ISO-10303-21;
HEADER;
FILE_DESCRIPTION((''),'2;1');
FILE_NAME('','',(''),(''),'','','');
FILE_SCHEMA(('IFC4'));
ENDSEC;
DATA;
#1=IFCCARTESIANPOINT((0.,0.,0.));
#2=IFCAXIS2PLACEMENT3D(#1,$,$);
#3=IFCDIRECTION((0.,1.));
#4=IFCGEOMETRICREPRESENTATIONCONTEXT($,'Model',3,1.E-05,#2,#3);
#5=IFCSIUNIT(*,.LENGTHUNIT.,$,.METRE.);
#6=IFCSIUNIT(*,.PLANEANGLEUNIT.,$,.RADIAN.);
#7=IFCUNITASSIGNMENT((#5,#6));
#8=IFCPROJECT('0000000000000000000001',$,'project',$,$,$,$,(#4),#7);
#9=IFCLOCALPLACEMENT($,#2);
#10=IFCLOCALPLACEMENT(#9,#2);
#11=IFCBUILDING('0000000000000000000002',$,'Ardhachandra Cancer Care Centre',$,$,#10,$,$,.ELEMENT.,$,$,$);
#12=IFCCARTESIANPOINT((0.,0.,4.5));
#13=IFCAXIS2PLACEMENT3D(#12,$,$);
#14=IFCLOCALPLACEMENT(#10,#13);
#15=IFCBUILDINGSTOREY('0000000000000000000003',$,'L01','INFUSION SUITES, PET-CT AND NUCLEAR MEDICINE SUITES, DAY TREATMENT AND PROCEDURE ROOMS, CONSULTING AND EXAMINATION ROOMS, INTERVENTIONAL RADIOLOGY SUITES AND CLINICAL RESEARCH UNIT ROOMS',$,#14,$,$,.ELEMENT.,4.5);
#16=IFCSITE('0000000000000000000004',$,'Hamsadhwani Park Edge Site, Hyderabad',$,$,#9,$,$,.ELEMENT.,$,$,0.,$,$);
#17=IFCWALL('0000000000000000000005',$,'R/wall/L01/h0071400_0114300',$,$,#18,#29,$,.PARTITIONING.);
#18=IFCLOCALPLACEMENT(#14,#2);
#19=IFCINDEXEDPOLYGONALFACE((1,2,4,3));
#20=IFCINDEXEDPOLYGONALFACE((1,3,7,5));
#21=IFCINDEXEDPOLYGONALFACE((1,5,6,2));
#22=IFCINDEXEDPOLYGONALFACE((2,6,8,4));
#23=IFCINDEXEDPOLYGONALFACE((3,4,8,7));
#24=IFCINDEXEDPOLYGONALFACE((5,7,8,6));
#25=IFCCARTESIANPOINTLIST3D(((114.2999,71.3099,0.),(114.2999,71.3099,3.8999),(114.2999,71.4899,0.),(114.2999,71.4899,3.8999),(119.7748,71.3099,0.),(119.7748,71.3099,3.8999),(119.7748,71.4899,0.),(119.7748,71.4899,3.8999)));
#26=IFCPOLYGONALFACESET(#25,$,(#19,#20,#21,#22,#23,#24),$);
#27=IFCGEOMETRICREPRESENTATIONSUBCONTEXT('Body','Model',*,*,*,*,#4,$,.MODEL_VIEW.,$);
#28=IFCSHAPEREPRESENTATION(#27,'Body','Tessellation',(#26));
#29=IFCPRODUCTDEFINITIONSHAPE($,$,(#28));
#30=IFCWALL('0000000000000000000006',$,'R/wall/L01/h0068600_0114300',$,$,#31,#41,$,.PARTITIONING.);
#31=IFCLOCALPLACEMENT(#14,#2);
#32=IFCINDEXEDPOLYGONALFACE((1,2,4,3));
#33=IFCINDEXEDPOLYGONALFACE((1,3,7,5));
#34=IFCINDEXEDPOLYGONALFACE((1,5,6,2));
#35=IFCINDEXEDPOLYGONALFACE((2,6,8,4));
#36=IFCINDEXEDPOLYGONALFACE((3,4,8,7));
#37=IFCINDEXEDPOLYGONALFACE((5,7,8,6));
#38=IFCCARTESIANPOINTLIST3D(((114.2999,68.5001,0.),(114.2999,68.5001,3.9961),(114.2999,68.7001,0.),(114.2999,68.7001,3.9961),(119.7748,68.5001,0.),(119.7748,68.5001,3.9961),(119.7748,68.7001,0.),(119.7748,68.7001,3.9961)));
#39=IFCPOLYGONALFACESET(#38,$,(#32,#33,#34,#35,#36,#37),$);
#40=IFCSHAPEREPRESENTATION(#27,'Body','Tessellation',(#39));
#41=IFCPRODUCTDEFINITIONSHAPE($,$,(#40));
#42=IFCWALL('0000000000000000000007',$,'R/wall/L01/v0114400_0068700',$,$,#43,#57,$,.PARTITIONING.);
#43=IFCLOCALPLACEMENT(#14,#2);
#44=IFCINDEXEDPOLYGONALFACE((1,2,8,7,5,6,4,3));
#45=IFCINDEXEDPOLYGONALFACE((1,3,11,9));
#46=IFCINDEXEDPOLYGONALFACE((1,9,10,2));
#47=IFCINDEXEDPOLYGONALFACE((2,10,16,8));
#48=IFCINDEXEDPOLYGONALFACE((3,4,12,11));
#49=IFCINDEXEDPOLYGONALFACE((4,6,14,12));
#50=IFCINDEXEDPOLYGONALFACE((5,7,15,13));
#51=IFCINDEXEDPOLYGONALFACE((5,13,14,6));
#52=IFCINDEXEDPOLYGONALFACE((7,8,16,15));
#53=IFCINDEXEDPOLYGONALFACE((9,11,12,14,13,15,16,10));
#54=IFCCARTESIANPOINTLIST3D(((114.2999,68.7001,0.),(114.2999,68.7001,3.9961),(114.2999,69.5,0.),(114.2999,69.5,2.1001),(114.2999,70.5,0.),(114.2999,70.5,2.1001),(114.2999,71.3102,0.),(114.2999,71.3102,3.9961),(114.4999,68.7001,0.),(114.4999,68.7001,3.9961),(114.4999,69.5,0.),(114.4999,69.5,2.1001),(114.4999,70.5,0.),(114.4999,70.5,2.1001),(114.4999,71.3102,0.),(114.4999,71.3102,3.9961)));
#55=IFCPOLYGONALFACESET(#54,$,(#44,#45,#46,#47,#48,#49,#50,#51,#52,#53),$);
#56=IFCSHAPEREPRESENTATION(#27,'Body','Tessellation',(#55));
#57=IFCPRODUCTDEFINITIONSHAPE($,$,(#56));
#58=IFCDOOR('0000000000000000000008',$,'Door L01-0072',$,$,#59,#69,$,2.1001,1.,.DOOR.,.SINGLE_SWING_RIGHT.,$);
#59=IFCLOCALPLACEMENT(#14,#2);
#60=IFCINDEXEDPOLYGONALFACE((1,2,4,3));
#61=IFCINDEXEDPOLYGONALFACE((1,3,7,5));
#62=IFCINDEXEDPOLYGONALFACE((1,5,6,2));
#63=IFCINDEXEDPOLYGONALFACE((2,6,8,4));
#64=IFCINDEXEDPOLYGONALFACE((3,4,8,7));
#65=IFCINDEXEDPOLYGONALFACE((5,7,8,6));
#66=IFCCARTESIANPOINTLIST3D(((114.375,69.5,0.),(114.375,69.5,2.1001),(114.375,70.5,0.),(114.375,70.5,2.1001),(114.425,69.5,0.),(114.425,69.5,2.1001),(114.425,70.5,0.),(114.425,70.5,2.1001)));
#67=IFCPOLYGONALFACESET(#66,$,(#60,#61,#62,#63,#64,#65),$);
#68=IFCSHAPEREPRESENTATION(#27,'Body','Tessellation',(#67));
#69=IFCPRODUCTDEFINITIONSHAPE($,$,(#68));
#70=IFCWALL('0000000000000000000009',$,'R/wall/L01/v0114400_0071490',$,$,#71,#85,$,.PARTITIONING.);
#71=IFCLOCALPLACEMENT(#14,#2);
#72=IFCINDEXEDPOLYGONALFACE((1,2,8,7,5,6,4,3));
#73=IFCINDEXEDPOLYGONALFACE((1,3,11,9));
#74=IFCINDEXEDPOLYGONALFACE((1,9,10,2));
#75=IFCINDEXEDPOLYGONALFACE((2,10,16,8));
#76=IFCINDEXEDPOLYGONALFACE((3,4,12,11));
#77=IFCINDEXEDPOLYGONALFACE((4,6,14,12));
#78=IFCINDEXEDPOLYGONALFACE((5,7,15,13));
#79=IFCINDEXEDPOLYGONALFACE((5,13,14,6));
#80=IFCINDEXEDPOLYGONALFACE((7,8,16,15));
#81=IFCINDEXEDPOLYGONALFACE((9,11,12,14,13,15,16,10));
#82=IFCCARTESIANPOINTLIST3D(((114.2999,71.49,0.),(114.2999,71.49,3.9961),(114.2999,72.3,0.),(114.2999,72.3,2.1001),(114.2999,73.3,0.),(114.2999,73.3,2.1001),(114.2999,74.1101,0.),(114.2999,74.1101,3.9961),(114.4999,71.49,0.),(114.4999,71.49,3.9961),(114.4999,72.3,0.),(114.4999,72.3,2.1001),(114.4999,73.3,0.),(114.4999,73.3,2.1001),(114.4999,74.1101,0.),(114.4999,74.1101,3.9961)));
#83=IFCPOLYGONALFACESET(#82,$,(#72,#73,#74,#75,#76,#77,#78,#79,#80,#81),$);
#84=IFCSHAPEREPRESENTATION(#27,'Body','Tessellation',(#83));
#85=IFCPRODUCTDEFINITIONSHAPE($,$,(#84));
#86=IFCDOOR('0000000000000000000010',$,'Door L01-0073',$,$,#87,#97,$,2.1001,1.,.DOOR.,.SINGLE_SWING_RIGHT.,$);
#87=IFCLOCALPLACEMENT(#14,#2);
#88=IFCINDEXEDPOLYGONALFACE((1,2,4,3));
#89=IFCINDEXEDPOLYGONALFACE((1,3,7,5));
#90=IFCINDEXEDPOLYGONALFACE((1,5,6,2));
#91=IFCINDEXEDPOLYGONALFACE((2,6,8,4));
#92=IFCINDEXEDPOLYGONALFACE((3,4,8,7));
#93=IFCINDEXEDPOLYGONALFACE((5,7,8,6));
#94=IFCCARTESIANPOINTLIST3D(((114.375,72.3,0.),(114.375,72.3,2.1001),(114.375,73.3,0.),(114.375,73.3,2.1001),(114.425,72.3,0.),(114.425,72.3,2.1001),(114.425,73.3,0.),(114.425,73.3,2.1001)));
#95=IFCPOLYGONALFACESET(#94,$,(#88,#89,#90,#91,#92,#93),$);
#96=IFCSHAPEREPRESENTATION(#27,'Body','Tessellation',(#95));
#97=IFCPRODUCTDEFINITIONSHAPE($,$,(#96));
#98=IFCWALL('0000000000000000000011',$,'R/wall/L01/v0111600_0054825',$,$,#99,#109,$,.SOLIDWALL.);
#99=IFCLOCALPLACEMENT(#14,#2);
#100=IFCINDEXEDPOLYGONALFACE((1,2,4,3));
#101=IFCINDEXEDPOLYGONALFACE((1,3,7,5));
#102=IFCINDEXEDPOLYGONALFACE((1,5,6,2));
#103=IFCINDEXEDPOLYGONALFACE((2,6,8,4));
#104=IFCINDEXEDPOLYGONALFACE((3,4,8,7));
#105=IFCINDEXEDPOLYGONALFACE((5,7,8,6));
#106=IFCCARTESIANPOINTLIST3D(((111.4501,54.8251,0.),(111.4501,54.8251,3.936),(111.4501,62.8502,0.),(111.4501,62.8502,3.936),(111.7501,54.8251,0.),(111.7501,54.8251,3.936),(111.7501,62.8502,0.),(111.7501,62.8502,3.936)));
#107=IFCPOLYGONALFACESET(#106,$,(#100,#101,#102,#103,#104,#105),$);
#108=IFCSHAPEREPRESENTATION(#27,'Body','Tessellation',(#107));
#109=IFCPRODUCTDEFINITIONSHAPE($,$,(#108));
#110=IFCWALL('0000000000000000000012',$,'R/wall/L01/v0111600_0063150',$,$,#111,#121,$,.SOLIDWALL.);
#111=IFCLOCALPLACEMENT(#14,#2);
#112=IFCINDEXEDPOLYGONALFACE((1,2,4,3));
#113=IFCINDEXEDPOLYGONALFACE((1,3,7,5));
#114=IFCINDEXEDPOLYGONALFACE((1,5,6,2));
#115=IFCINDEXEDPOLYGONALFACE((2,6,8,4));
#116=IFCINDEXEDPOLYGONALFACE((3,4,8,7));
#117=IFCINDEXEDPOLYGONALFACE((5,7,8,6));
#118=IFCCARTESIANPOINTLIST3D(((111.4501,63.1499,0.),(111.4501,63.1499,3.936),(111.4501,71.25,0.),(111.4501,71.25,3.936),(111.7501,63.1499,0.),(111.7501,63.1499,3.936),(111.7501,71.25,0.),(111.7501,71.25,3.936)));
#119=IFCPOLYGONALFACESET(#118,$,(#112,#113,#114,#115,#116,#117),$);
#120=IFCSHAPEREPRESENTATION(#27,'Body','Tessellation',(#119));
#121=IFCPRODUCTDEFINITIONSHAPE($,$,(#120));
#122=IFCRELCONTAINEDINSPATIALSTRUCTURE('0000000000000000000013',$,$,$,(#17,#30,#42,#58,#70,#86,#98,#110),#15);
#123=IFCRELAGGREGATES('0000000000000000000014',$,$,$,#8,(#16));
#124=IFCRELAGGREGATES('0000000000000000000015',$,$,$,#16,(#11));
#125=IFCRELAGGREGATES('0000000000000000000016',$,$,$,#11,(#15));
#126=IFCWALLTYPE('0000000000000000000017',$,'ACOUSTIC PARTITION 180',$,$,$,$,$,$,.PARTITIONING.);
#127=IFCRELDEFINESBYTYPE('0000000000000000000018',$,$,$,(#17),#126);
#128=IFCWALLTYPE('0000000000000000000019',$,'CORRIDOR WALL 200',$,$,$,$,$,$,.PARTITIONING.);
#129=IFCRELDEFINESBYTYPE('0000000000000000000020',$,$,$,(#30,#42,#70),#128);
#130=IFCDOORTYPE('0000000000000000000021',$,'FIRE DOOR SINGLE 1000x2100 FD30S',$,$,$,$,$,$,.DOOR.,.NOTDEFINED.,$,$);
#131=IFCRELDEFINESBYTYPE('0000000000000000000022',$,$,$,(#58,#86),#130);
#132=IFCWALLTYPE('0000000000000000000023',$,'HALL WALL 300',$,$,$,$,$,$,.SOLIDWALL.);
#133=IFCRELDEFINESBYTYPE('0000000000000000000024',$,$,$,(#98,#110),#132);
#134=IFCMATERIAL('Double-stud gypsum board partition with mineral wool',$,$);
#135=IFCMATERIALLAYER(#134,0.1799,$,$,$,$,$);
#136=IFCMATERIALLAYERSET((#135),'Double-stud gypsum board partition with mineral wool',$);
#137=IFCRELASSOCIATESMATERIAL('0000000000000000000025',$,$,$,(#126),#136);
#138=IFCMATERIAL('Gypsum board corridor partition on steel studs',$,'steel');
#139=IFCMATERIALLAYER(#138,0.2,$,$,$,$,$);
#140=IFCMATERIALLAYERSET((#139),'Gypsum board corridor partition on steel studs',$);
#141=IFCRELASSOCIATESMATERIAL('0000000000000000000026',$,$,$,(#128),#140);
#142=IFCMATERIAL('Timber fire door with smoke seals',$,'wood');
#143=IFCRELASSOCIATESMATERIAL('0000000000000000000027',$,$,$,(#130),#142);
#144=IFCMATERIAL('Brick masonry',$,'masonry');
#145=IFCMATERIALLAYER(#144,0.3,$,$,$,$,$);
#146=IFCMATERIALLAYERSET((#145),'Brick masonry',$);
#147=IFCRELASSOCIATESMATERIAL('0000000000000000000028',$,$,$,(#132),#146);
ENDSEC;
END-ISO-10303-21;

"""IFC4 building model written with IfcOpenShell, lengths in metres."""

from ifc_helpers import new_model, si_unit, direction, frame, frame_2d, origin, place, context, subcontext, project, spatial, rectangle, extrude, material, layer, layer_set, type_object, element, fill, save


model = new_model("IFC4")

# Units and contexts
model_context = context("Model", 3, precision=1e-05, world=origin(), true_north=direction((0.0, 1.0)))
body_context = subcontext(model_context, "Body", "Model", "MODEL_VIEW")
ifc_project = project(units=[si_unit("LENGTHUNIT", "METRE"), si_unit("PLANEANGLEUNIT", "RADIAN")], contexts=[model_context])

# Site, building, storey
site_placement = place(None, origin())
site = spatial("IfcSite", under=ifc_project, at=site_placement, Name="Hamsadhwani Park Edge Site, Hyderabad", CompositionType="ELEMENT", RefElevation=0.0)
building_placement = place(site_placement, origin())
building = spatial("IfcBuilding", under=site, at=building_placement, Name="Ardhachandra Cancer Care Centre", CompositionType="ELEMENT")
storey_placement = place(building_placement, frame((0.0, 0.0, 4.5)))
storey = spatial("IfcBuildingStorey", under=building, at=storey_placement, Name="L01", Description="INFUSION SUITES, PET-CT AND NUCLEAR MEDICINE SUITES, DAY TREATMENT AND PROCEDURE ROOMS, CONSULTING AND EXAMINATION ROOMS, INTERVENTIONAL RADIOLOGY SUITES AND CLINICAL RESEARCH UNIT ROOMS", CompositionType="ELEMENT", Elevation=4.5)

# Walls
ifc_material_1 = material(Name="Double-stud gypsum board partition with mineral wool")
ifc_layer_1 = layer(ifc_material_1, 0.1799)
ifc_layer_set_1 = layer_set([ifc_layer_1], Name="Double-stud gypsum board partition with mineral wool")
wall_type_1 = type_object("IfcWallType", Name="ACOUSTIC PARTITION 180", PredefinedType="PARTITIONING", material=ifc_layer_set_1)
wall_1_placement = place(storey_placement, frame((114.3, 71.3999, 0.0), z_axis=(0.0, 0.0, 1.0), x_axis=(1.0, 0.0, 0.0)))
element("IfcWall", 1, at=wall_1_placement, inside=storey, type_object=wall_type_1, Name="R/wall/L01/h0071400_0114300", PredefinedType="PARTITIONING", context=body_context, shape_type="SweptSolid", body=[
    extrude(rectangle(XDim=5.4749, YDim=0.1799, at=frame_2d((2.7373, 0.0))), origin(), (0.0, 0.0, 1.0), 3.8999),
])
ifc_material_2 = material(Name="Gypsum board corridor partition on steel studs", Category="steel")
ifc_layer_2 = layer(ifc_material_2, 0.2)
ifc_layer_set_2 = layer_set([ifc_layer_2], Name="Gypsum board corridor partition on steel studs")
wall_type_2 = type_object("IfcWallType", Name="CORRIDOR WALL 200", PredefinedType="PARTITIONING", material=ifc_layer_set_2)
wall_2_placement = place(storey_placement, frame((114.3, 68.6001, 0.0), z_axis=(0.0, 0.0, 1.0), x_axis=(1.0, 0.0, 0.0)))
element("IfcWall", 2, at=wall_2_placement, inside=storey, type_object=wall_type_2, Name="R/wall/L01/h0068600_0114300", PredefinedType="PARTITIONING", context=body_context, shape_type="SweptSolid", body=[
    extrude(rectangle(XDim=5.4749, YDim=0.2, at=frame_2d((2.7373, 0.0))), origin(), (0.0, 0.0, 1.0), 3.9961),
])

# Walls, openings, doors
wall_3_placement = place(storey_placement, frame((114.3999, 68.7, 0.0), z_axis=(0.0, 0.0, 1.0), x_axis=(0.0, 1.0, 0.0)))
wall_3 = element("IfcWall", 3, at=wall_3_placement, inside=storey, type_object=wall_type_2, Name="R/wall/L01/v0114400_0068700", PredefinedType="PARTITIONING", context=body_context, shape_type="SweptSolid", body=[
    extrude(rectangle(XDim=2.6101, YDim=0.2, at=frame_2d((1.3052, 0.0))), origin(), (0.0, 0.0, 1.0), 3.9961),
])
opening_1_placement = place(wall_3_placement, frame((0.8, 0.0, 0.0)))
opening_1 = element("IfcOpeningElement", 4, at=opening_1_placement, cuts=wall_3, PredefinedType="OPENING", context=body_context, shape_type="SweptSolid", body=[
    extrude(rectangle(XDim=1.0, YDim=2.1001, at=frame_2d((0.5, 1.05))), frame((0.0, 0.1099, 0.0), z_axis=(0.0, -1.0, 0.0), x_axis=(1.0, 0.0, 0.0)), (0.0, 0.0, 1.0), 0.22),
])
ifc_material_3 = material(Name="Timber fire door with smoke seals", Category="wood")
door_type = type_object("IfcDoorType", Name="FIRE DOOR SINGLE 1000x2100 FD30S", OperationType="NOTDEFINED", PredefinedType="DOOR", material=ifc_material_3)
door_1_placement = place(opening_1_placement, origin())
door_1 = element("IfcDoor", 5, at=door_1_placement, inside=storey, type_object=door_type, Name="Door L01-0072", OperationType="SINGLE_SWING_RIGHT", OverallHeight=2.1001, OverallWidth=1.0, PredefinedType="DOOR", context=body_context, shape_type="SweptSolid", body=[
    extrude(rectangle(XDim=1.0, YDim=2.1001, at=frame_2d((0.5, 1.05))), frame((0.0, 0.0249, 0.0), z_axis=(0.0, -1.0, 0.0), x_axis=(1.0, 0.0, 0.0)), (0.0, 0.0, 1.0), 0.05),
])
fill(opening_1, door_1)
wall_4_placement = place(storey_placement, frame((114.3999, 71.49, 0.0), z_axis=(0.0, 0.0, 1.0), x_axis=(0.0, 1.0, 0.0)))
wall_4 = element("IfcWall", 6, at=wall_4_placement, inside=storey, type_object=wall_type_2, Name="R/wall/L01/v0114400_0071490", PredefinedType="PARTITIONING", context=body_context, shape_type="SweptSolid", body=[
    extrude(rectangle(XDim=2.6201, YDim=0.2, at=frame_2d((1.3101, 0.0))), origin(), (0.0, 0.0, 1.0), 3.9961),
])
opening_2_placement = place(wall_4_placement, frame((0.8101, 0.0, 0.0)))
opening_2 = element("IfcOpeningElement", 7, at=opening_2_placement, cuts=wall_4, PredefinedType="OPENING", context=body_context, shape_type="SweptSolid", body=[
    extrude(rectangle(XDim=1.0, YDim=2.1001, at=frame_2d((0.5, 1.05))), frame((0.0, 0.1099, 0.0), z_axis=(0.0, -1.0, 0.0), x_axis=(1.0, 0.0, 0.0)), (0.0, 0.0, 1.0), 0.22),
])
door_2_placement = place(opening_2_placement, origin())
door_2 = element("IfcDoor", 8, at=door_2_placement, inside=storey, type_object=door_type, Name="Door L01-0073", OperationType="SINGLE_SWING_RIGHT", OverallHeight=2.1001, OverallWidth=1.0, PredefinedType="DOOR", context=body_context, shape_type="SweptSolid", body=[
    extrude(rectangle(XDim=1.0, YDim=2.1001, at=frame_2d((0.5, 1.05))), frame((0.0, 0.0249, 0.0), z_axis=(0.0, -1.0, 0.0), x_axis=(1.0, 0.0, 0.0)), (0.0, 0.0, 1.0), 0.05),
])
fill(opening_2, door_2)

# Walls
ifc_material_4 = material(Name="Brick masonry", Category="masonry")
ifc_layer_3 = layer(ifc_material_4, 0.3)
ifc_layer_set_3 = layer_set([ifc_layer_3], Name="Brick masonry")
wall_type_3 = type_object("IfcWallType", Name="HALL WALL 300", PredefinedType="SOLIDWALL", material=ifc_layer_set_3)
wall_5_placement = place(storey_placement, frame((111.6001, 54.825, 0.0), z_axis=(0.0, 0.0, 1.0), x_axis=(0.0, 1.0, 0.0)))
element("IfcWall", 9, at=wall_5_placement, inside=storey, type_object=wall_type_3, Name="R/wall/L01/v0111600_0054825", PredefinedType="SOLIDWALL", context=body_context, shape_type="SweptSolid", body=[
    extrude(rectangle(XDim=8.0251, YDim=0.3, at=frame_2d((4.0127, 0.0))), origin(), (0.0, 0.0, 1.0), 3.936),
])
wall_6_placement = place(storey_placement, frame((111.6001, 63.1499, 0.0), z_axis=(0.0, 0.0, 1.0), x_axis=(0.0, 1.0, 0.0)))
element("IfcWall", 10, at=wall_6_placement, inside=storey, type_object=wall_type_3, Name="R/wall/L01/v0111600_0063150", PredefinedType="SOLIDWALL", context=body_context, shape_type="SweptSolid", body=[
    extrude(rectangle(XDim=8.1001, YDim=0.3, at=frame_2d((4.05, 0.0))), origin(), (0.0, 0.0, 1.0), 3.936),
])

save(model, "model.ifc")
